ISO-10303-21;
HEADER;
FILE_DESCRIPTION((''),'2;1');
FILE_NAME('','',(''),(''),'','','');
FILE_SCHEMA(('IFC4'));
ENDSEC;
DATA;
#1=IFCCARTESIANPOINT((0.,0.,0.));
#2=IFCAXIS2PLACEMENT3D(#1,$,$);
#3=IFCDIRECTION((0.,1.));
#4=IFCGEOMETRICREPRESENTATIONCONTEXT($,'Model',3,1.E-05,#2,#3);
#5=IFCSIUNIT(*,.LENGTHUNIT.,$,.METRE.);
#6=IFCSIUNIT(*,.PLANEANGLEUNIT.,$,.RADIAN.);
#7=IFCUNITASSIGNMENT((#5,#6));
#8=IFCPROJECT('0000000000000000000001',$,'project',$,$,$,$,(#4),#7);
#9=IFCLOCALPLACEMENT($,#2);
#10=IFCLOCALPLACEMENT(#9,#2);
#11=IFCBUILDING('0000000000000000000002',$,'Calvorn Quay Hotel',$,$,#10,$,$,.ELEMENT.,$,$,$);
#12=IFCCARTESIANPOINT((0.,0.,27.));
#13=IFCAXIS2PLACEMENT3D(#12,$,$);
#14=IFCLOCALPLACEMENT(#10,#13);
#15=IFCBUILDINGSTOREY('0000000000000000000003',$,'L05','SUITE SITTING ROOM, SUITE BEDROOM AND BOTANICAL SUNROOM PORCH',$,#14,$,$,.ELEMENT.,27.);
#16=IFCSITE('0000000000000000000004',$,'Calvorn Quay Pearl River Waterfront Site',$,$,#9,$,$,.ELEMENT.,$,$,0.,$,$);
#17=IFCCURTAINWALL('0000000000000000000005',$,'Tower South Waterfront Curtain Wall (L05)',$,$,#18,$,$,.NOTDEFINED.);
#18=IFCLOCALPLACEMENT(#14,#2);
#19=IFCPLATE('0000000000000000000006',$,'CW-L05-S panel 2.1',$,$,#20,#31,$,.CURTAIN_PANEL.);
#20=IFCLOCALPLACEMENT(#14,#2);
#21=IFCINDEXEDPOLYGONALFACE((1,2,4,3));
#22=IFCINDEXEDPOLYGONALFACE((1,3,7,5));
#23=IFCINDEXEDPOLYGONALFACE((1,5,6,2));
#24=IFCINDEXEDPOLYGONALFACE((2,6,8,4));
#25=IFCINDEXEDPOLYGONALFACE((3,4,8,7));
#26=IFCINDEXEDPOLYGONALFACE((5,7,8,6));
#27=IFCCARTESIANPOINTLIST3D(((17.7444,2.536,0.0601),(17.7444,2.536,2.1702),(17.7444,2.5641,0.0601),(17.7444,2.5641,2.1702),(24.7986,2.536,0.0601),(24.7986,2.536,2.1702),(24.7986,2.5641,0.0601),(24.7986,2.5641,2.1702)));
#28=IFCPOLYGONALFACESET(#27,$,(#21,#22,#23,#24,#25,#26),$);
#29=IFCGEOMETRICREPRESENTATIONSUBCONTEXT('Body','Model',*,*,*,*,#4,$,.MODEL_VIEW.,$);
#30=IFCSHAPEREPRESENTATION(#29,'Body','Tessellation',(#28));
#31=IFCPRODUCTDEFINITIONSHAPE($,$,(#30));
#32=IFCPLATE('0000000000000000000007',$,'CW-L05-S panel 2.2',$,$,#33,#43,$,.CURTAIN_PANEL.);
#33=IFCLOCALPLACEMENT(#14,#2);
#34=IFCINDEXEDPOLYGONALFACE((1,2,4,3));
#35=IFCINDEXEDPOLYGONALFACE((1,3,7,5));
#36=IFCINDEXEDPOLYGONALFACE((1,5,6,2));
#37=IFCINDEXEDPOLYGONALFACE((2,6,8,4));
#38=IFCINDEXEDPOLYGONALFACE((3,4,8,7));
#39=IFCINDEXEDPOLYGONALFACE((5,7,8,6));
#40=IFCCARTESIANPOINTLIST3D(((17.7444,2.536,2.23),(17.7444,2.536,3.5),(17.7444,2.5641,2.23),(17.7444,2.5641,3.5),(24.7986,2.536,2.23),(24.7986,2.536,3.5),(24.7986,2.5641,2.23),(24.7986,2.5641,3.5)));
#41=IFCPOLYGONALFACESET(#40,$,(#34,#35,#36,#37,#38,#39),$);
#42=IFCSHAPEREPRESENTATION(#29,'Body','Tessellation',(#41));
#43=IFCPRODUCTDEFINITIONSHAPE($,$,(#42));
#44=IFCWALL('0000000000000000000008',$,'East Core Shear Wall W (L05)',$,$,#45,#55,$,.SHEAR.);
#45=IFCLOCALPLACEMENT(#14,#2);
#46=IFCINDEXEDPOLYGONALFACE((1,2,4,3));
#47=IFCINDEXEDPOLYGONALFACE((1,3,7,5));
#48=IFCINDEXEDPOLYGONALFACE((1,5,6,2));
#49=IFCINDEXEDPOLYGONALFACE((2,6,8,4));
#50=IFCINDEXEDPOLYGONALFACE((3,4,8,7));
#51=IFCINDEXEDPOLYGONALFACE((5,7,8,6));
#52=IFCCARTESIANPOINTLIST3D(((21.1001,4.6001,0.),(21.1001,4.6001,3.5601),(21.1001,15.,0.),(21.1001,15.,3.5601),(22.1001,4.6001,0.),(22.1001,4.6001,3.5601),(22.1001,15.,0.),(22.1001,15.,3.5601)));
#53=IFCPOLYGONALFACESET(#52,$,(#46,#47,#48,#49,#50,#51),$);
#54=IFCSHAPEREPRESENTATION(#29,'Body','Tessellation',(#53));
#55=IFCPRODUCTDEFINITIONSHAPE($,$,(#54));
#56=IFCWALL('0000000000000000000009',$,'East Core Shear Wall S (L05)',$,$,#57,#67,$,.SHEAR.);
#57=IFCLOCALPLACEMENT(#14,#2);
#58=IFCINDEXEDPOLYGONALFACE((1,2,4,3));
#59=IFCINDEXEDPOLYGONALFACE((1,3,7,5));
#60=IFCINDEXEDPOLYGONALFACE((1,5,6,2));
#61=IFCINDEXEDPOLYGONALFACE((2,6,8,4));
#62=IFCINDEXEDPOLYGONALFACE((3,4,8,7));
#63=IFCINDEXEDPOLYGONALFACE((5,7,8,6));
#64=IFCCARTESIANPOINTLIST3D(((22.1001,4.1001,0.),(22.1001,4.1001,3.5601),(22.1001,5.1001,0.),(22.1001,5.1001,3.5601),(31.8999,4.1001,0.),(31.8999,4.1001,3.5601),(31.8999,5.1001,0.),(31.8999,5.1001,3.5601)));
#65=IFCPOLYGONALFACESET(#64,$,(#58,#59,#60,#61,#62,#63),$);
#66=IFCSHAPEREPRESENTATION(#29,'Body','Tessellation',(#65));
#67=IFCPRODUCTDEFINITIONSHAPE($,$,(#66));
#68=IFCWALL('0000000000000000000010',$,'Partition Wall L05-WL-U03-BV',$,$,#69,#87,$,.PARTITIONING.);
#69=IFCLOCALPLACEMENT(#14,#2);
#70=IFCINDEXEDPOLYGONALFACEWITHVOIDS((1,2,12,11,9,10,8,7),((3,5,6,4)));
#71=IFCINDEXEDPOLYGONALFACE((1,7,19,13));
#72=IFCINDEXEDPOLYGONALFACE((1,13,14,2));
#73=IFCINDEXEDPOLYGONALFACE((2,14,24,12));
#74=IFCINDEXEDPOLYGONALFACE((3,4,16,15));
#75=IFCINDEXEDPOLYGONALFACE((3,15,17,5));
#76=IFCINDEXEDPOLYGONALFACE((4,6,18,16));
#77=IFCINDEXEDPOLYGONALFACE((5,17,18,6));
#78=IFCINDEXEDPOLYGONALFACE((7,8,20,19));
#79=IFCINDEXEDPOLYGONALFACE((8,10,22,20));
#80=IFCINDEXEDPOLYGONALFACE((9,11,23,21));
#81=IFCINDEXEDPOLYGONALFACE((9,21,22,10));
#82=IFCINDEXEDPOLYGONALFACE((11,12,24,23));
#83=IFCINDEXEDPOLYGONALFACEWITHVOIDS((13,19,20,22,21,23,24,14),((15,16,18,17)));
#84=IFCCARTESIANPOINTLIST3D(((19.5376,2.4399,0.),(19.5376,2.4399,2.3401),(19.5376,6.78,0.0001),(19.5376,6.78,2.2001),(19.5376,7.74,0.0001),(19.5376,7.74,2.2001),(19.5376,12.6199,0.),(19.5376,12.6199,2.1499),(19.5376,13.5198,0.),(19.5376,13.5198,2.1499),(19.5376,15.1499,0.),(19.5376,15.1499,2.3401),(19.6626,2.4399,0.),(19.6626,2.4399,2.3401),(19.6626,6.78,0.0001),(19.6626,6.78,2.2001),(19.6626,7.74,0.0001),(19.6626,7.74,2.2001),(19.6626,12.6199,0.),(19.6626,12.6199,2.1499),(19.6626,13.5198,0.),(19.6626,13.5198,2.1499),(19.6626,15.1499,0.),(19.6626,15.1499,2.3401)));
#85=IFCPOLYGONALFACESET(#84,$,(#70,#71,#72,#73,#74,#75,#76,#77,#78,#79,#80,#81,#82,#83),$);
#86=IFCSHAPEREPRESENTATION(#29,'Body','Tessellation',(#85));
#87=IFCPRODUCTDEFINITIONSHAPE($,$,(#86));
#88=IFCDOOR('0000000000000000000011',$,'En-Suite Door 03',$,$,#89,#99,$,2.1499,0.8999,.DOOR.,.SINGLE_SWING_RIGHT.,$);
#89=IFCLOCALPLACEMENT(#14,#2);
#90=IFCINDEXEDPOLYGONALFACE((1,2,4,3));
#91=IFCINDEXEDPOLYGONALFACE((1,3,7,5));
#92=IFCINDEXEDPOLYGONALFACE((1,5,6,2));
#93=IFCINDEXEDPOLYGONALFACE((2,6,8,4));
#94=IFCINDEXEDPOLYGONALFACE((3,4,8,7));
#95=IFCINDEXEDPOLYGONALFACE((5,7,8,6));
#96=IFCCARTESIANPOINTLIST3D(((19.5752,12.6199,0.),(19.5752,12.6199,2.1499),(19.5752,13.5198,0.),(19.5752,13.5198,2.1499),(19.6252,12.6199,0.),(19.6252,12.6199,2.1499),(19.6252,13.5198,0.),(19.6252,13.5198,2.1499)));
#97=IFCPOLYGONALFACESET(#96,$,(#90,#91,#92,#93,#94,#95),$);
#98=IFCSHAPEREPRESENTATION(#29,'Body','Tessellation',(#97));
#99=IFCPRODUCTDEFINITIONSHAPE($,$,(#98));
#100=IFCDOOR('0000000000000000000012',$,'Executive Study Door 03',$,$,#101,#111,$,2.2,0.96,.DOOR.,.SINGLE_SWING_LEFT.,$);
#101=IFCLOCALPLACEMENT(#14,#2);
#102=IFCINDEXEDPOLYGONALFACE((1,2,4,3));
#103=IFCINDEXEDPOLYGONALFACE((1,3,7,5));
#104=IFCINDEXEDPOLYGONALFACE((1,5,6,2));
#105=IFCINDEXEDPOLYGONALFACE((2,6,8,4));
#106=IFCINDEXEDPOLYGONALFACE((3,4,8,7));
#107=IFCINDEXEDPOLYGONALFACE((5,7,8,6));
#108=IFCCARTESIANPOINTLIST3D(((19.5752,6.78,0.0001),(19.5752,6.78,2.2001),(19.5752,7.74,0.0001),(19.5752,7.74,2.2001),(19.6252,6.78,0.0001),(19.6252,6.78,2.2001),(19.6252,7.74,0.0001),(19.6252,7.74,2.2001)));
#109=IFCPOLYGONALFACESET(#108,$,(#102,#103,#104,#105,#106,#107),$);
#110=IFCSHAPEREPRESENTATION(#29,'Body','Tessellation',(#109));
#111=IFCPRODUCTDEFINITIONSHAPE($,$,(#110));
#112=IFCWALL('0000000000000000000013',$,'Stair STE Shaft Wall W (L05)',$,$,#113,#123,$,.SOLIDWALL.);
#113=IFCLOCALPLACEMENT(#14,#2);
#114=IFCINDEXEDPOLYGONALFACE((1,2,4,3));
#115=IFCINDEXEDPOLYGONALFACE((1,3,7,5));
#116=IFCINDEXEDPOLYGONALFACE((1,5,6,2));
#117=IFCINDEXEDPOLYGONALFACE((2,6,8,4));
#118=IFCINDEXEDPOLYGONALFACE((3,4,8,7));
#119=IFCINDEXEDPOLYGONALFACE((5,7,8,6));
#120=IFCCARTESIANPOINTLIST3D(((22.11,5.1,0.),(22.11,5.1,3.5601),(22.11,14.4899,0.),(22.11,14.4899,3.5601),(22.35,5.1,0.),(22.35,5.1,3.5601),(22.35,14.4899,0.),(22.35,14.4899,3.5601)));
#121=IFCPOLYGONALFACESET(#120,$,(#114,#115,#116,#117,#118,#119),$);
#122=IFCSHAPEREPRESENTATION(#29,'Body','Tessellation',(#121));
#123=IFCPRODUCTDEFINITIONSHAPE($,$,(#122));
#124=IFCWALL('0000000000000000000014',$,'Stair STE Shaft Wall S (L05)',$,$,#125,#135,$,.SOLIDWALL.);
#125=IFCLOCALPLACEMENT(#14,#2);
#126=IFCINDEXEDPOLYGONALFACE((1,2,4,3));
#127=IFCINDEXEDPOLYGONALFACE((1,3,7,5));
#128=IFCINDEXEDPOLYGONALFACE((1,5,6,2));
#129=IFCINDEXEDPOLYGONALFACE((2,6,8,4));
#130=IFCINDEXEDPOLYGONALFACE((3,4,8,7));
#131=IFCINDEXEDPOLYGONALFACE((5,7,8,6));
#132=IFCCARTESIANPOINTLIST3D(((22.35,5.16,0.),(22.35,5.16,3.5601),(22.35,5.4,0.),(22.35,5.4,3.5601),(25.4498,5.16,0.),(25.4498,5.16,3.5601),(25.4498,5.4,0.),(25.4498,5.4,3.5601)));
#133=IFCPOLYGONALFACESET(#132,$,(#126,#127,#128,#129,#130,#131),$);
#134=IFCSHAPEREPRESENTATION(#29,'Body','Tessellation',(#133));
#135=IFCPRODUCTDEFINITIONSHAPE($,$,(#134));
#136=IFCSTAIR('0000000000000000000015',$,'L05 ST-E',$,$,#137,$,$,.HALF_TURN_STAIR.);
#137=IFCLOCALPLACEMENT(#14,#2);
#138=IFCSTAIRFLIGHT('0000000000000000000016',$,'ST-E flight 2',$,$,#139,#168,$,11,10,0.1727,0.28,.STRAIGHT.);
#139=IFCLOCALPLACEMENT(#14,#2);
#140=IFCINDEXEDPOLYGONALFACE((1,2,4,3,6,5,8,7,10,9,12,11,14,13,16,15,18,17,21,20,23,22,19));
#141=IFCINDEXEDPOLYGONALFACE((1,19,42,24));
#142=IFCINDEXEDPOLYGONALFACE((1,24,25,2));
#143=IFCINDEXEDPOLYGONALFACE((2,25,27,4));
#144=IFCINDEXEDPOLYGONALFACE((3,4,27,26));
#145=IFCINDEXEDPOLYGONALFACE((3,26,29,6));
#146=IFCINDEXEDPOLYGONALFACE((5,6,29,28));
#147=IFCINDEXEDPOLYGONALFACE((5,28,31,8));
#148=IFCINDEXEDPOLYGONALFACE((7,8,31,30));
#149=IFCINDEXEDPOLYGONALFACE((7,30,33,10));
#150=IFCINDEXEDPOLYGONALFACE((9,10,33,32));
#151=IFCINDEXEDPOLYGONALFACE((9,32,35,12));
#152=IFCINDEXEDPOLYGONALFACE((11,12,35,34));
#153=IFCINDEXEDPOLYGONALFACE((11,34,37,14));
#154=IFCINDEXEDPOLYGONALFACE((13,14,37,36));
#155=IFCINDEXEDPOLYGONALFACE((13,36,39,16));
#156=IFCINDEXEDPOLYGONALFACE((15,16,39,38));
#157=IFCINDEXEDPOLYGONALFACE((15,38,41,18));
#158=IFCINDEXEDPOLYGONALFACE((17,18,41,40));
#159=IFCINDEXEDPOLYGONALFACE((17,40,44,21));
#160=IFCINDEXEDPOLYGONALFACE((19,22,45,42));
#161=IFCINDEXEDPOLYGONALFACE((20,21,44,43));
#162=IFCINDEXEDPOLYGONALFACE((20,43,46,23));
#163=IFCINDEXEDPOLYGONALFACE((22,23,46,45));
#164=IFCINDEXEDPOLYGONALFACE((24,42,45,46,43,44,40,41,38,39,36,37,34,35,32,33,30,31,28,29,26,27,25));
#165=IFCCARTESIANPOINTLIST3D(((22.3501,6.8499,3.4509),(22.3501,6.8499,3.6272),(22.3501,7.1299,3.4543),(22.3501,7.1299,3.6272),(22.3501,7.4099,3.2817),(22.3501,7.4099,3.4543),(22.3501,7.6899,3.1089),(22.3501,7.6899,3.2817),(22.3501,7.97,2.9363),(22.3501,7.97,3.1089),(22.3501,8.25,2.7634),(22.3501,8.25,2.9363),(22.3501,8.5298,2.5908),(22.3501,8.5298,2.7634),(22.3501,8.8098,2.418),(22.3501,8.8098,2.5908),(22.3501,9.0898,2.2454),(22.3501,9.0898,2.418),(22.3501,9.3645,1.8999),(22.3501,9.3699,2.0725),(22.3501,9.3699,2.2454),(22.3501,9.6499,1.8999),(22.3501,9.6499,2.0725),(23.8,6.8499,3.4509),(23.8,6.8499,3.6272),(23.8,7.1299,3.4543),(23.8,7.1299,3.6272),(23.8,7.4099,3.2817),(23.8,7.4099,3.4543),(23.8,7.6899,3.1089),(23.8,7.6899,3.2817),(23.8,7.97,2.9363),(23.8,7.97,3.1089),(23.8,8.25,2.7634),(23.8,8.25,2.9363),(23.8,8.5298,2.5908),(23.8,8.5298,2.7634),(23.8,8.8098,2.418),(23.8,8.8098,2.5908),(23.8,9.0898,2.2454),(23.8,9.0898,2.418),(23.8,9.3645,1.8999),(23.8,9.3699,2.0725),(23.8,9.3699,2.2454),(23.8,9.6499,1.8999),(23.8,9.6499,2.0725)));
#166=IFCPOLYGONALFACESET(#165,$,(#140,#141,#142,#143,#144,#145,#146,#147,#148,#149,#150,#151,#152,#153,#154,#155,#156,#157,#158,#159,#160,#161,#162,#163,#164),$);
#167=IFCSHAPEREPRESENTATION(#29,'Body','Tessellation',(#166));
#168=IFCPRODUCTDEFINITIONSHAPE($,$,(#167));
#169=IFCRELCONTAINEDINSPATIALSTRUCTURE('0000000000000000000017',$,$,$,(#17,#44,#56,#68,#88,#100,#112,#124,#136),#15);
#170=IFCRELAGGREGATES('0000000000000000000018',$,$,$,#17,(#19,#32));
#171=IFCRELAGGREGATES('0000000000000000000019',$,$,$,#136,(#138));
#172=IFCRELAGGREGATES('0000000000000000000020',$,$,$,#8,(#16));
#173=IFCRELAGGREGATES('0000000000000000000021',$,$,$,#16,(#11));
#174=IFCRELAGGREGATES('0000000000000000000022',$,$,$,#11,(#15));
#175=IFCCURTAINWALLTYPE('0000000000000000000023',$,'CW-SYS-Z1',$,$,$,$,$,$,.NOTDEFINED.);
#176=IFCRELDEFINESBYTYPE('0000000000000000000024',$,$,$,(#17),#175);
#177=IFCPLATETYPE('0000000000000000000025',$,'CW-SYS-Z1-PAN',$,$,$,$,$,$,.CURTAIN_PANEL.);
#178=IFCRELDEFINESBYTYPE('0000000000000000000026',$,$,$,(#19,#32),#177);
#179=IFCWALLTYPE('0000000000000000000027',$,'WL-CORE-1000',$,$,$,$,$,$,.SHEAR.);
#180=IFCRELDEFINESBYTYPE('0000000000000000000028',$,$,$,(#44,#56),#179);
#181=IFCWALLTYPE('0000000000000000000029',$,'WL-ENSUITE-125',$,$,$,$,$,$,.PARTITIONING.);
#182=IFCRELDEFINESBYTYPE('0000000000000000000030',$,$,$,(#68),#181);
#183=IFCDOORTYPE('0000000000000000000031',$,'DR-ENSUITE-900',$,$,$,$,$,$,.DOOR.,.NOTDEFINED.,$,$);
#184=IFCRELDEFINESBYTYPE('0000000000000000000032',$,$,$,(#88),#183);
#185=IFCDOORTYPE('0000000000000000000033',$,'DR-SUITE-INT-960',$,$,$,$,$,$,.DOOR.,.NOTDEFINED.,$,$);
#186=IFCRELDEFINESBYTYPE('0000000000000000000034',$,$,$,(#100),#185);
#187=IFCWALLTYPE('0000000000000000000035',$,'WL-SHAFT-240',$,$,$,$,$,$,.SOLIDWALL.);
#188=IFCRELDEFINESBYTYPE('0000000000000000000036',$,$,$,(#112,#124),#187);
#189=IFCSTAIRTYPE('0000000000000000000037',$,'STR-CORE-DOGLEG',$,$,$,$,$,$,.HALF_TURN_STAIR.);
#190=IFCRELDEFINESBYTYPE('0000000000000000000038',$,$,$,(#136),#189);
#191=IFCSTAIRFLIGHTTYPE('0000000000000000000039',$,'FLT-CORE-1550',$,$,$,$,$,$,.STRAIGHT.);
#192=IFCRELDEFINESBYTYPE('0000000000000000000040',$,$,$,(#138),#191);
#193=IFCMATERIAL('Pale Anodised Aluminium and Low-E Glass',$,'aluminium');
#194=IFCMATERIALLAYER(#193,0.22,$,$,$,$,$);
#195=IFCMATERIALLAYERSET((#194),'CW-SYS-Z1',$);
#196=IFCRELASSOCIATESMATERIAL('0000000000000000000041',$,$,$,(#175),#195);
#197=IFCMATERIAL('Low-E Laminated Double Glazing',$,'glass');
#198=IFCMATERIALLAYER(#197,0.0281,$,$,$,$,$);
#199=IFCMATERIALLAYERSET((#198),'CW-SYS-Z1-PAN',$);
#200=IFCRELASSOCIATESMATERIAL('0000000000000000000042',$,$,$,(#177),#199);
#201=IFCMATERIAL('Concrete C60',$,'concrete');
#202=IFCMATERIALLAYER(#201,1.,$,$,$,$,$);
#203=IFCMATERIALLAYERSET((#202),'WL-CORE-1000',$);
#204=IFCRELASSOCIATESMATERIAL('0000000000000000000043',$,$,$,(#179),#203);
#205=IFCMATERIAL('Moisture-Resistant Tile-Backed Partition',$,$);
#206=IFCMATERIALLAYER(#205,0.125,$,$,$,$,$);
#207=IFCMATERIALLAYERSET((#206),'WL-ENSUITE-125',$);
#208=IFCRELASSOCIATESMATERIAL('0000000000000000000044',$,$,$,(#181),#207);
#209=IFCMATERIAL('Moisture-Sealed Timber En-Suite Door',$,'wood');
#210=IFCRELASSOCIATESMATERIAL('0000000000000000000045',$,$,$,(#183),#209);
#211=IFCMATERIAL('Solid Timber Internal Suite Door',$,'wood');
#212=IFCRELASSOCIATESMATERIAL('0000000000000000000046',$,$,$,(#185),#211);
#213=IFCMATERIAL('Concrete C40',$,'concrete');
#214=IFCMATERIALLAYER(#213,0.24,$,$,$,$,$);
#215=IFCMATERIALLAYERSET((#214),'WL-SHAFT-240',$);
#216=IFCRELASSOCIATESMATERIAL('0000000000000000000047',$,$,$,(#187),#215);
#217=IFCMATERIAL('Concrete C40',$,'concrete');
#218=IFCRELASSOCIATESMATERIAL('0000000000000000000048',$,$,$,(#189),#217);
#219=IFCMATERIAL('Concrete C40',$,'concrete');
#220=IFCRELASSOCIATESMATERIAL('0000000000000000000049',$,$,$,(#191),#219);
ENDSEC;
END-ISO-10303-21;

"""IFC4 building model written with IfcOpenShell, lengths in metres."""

from ifc_helpers import new_model, si_unit, direction, frame, frame_2d, origin, origin_2d, place, context, subcontext, project, spatial, polyline, rectangle, outline, extrude, material, layer, layer_set, type_object, element, fill, aggregate, save


model = new_model("IFC4")

# Units and contexts
model_context = context("Model", 3, precision=1e-05, world=origin(), true_north=direction((0.0, 1.0)))
body_context = subcontext(model_context, "Body", "Model", "MODEL_VIEW")
ifc_project = project(units=[si_unit("LENGTHUNIT", "METRE"), si_unit("PLANEANGLEUNIT", "RADIAN")], contexts=[model_context])

# Site, building, storey
site_placement = place(None, origin())
site = spatial("IfcSite", under=ifc_project, at=site_placement, Name="Calvorn Quay Pearl River Waterfront Site", CompositionType="ELEMENT", RefElevation=0.0)
building_placement = place(site_placement, origin())
building = spatial("IfcBuilding", under=site, at=building_placement, Name="Calvorn Quay Hotel", CompositionType="ELEMENT")
storey_placement = place(building_placement, frame((0.0, 0.0, 27.0)))
storey = spatial("IfcBuildingStorey", under=building, at=storey_placement, Name="L05", Description="SUITE SITTING ROOM, SUITE BEDROOM AND BOTANICAL SUNROOM PORCH", CompositionType="ELEMENT", Elevation=27.0)

# Curtain wall, plates
ifc_material_1 = material(Name="Pale Anodised Aluminium and Low-E Glass", Category="aluminium")
ifc_layer_1 = layer(ifc_material_1, 0.22)
ifc_layer_set_1 = layer_set([ifc_layer_1], Name="CW-SYS-Z1")
curtain_wall_type = type_object("IfcCurtainWallType", Name="CW-SYS-Z1", PredefinedType="NOTDEFINED", material=ifc_layer_set_1)
curtain_wall_placement = place(storey_placement, origin())
curtain_wall = element("IfcCurtainWall", 1, at=curtain_wall_placement, inside=storey, type_object=curtain_wall_type, Name="Tower South Waterfront Curtain Wall (L05)", PredefinedType="NOTDEFINED")
ifc_material_2 = material(Name="Low-E Laminated Double Glazing", Category="glass")
ifc_layer_2 = layer(ifc_material_2, 0.0281)
ifc_layer_set_2 = layer_set([ifc_layer_2], Name="CW-SYS-Z1-PAN")
plate_type = type_object("IfcPlateType", Name="CW-SYS-Z1-PAN", PredefinedType="CURTAIN_PANEL", material=ifc_layer_set_2)
plate_1_placement = place(storey_placement, frame((21.2715, 2.55, 0.0601), z_axis=(0.0, 0.0, 1.0), x_axis=(1.0, 0.0, 0.0)))
plate_1 = element("IfcPlate", 2, at=plate_1_placement, type_object=plate_type, Name="CW-L05-S panel 2.1", PredefinedType="CURTAIN_PANEL", context=body_context, shape_type="SweptSolid", body=[
    extrude(rectangle(XDim=7.0542, YDim=0.0281, at=origin_2d()), origin(), (0.0, 0.0, 1.0), 2.1101),
])
plate_2_placement = place(storey_placement, frame((21.2715, 2.55, 2.23), z_axis=(0.0, 0.0, 1.0), x_axis=(1.0, 0.0, 0.0)))
plate_2 = element("IfcPlate", 3, at=plate_2_placement, type_object=plate_type, Name="CW-L05-S panel 2.2", PredefinedType="CURTAIN_PANEL", context=body_context, shape_type="SweptSolid", body=[
    extrude(rectangle(XDim=7.0542, YDim=0.0281, at=origin_2d()), origin(), (0.0, 0.0, 1.0), 1.27),
])
aggregate(curtain_wall, [plate_1, plate_2])

# Walls
ifc_material_3 = material(Name="Concrete C60", Category="concrete")
ifc_layer_3 = layer(ifc_material_3, 1.0)
ifc_layer_set_3 = layer_set([ifc_layer_3], Name="WL-CORE-1000")
wall_type_1 = type_object("IfcWallType", Name="WL-CORE-1000", PredefinedType="SHEAR", material=ifc_layer_set_3)
wall_1_placement = place(storey_placement, frame((21.6001, 4.6001, 0.0), z_axis=(0.0, 0.0, 1.0), x_axis=(0.0, 1.0, 0.0)))
element("IfcWall", 4, at=wall_1_placement, inside=storey, type_object=wall_type_1, Name="East Core Shear Wall W (L05)", PredefinedType="SHEAR", context=body_context, shape_type="SweptSolid", body=[
    extrude(rectangle(XDim=10.3999, YDim=1.0, at=frame_2d((5.2, 0.0))), origin(), (0.0, 0.0, 1.0), 3.5601),
])
wall_2_placement = place(storey_placement, frame((22.1001, 4.6001, 0.0), z_axis=(0.0, 0.0, 1.0), x_axis=(1.0, 0.0, 0.0)))
element("IfcWall", 5, at=wall_2_placement, inside=storey, type_object=wall_type_1, Name="East Core Shear Wall S (L05)", PredefinedType="SHEAR", context=body_context, shape_type="SweptSolid", body=[
    extrude(rectangle(XDim=9.7998, YDim=1.0, at=frame_2d((4.8999, 0.0))), origin(), (0.0, 0.0, 1.0), 3.5601),
])

# Wall, openings, doors
ifc_material_4 = material(Name="Moisture-Resistant Tile-Backed Partition")
ifc_layer_4 = layer(ifc_material_4, 0.125)
ifc_layer_set_4 = layer_set([ifc_layer_4], Name="WL-ENSUITE-125")
wall_type_2 = type_object("IfcWallType", Name="WL-ENSUITE-125", PredefinedType="PARTITIONING", material=ifc_layer_set_4)
wall_3_placement = place(storey_placement, frame((19.6001, 2.4399, 0.0), z_axis=(0.0, 0.0, 1.0), x_axis=(0.0, 1.0, 0.0)))
wall_3 = element("IfcWall", 6, at=wall_3_placement, inside=storey, type_object=wall_type_2, Name="Partition Wall L05-WL-U03-BV", PredefinedType="PARTITIONING", context=body_context, shape_type="SweptSolid", body=[
    extrude(rectangle(XDim=12.71, YDim=0.125, at=frame_2d((6.355, 0.0))), origin(), (0.0, 0.0, 1.0), 2.3401),
])
opening_1_placement = place(wall_3_placement, frame((4.3401, 0.0, 0.0)))
opening_1 = element("IfcOpeningElement", 7, at=opening_1_placement, cuts=wall_3, PredefinedType="OPENING", context=body_context, shape_type="SweptSolid", body=[
    extrude(rectangle(XDim=0.96, YDim=2.2, at=frame_2d((0.48, 1.1001))), frame((0.0, 0.0725, 0.0), z_axis=(0.0, -1.0, 0.0), x_axis=(1.0, 0.0, 0.0)), (0.0, 0.0, 1.0), 0.145),
])
opening_2_placement = place(wall_3_placement, frame((10.1799, 0.0, 0.0)))
opening_2 = element("IfcOpeningElement", 8, at=opening_2_placement, cuts=wall_3, PredefinedType="OPENING", context=body_context, shape_type="SweptSolid", body=[
    extrude(rectangle(XDim=0.8999, YDim=2.1499, at=frame_2d((0.45, 1.075))), frame((0.0, 0.0725, 0.0), z_axis=(0.0, -1.0, 0.0), x_axis=(1.0, 0.0, 0.0)), (0.0, 0.0, 1.0), 0.145),
])
ifc_material_5 = material(Name="Moisture-Sealed Timber En-Suite Door", Category="wood")
door_type_1 = type_object("IfcDoorType", Name="DR-ENSUITE-900", OperationType="NOTDEFINED", PredefinedType="DOOR", material=ifc_material_5)
door_1_placement = place(opening_2_placement, origin())
door_1 = element("IfcDoor", 9, at=door_1_placement, inside=storey, type_object=door_type_1, Name="En-Suite Door 03", OperationType="SINGLE_SWING_RIGHT", OverallHeight=2.1499, OverallWidth=0.8999, PredefinedType="DOOR", context=body_context, shape_type="SweptSolid", body=[
    extrude(rectangle(XDim=0.8999, YDim=2.1499, at=frame_2d((0.45, 1.075))), frame((0.0, 0.0249, 0.0), z_axis=(0.0, -1.0, 0.0), x_axis=(1.0, 0.0, 0.0)), (0.0, 0.0, 1.0), 0.05),
])
fill(opening_2, door_1)
ifc_material_6 = material(Name="Solid Timber Internal Suite Door", Category="wood")
door_type_2 = type_object("IfcDoorType", Name="DR-SUITE-INT-960", OperationType="NOTDEFINED", PredefinedType="DOOR", material=ifc_material_6)
door_2_placement = place(opening_1_placement, origin())
door_2 = element("IfcDoor", 10, at=door_2_placement, inside=storey, type_object=door_type_2, Name="Executive Study Door 03", OperationType="SINGLE_SWING_LEFT", OverallHeight=2.2, OverallWidth=0.96, PredefinedType="DOOR", context=body_context, shape_type="SweptSolid", body=[
    extrude(rectangle(XDim=0.96, YDim=2.2, at=frame_2d((0.48, 1.1001))), frame((0.0, 0.0249, 0.0), z_axis=(0.0, -1.0, 0.0), x_axis=(1.0, 0.0, 0.0)), (0.0, 0.0, 1.0), 0.05),
])
fill(opening_1, door_2)

# Walls
ifc_material_7 = material(Name="Concrete C40", Category="concrete")
ifc_layer_5 = layer(ifc_material_7, 0.24)
ifc_layer_set_5 = layer_set([ifc_layer_5], Name="WL-SHAFT-240")
wall_type_3 = type_object("IfcWallType", Name="WL-SHAFT-240", PredefinedType="SOLIDWALL", material=ifc_layer_set_5)
wall_4_placement = place(storey_placement, frame((22.23, 5.1001, 0.0), z_axis=(0.0, 0.0, 1.0), x_axis=(0.0, 1.0, 0.0)))
element("IfcWall", 11, at=wall_4_placement, inside=storey, type_object=wall_type_3, Name="Stair STE Shaft Wall W (L05)", PredefinedType="SOLIDWALL", context=body_context, shape_type="SweptSolid", body=[
    extrude(rectangle(XDim=9.3899, YDim=0.24, at=frame_2d((4.6948, 0.0))), origin(), (0.0, 0.0, 1.0), 3.5601),
])
wall_5_placement = place(storey_placement, frame((22.3501, 5.28, 0.0), z_axis=(0.0, 0.0, 1.0), x_axis=(1.0, 0.0, 0.0)))
element("IfcWall", 12, at=wall_5_placement, inside=storey, type_object=wall_type_3, Name="Stair STE Shaft Wall S (L05)", PredefinedType="SOLIDWALL", context=body_context, shape_type="SweptSolid", body=[
    extrude(rectangle(XDim=3.0999, YDim=0.24, at=frame_2d((1.5498, 0.0))), origin(), (0.0, 0.0, 1.0), 3.5601),
])

# Stair, stair flight
ifc_material_8 = material(Name="Concrete C40", Category="concrete")
stair_type = type_object("IfcStairType", Name="STR-CORE-DOGLEG", PredefinedType="HALF_TURN_STAIR", material=ifc_material_8)
stair_placement = place(storey_placement, origin())
stair = element("IfcStair", 13, at=stair_placement, inside=storey, type_object=stair_type, Name="L05 ST-E", PredefinedType="HALF_TURN_STAIR")
ifc_material_9 = material(Name="Concrete C40", Category="concrete")
stair_flight_type = type_object("IfcStairFlightType", Name="FLT-CORE-1550", PredefinedType="STRAIGHT", material=ifc_material_9)
stair_flight_placement = place(storey_placement, frame((23.075, 9.6499, 1.8999), z_axis=(0.0, 0.0, 1.0), x_axis=(0.0, -1.0, 0.0)))
stair_flight = element("IfcStairFlight", 14, at=stair_flight_placement, type_object=stair_flight_type, Name="ST-E flight 2", NumberOfRisers=11, NumberOfTreads=10, PredefinedType="STRAIGHT", RiserHeight=0.1727, TreadLength=0.28, context=body_context, shape_type="SweptSolid", body=[
    extrude(outline(polyline([(0.0, 0.0), (0.0, 0.1726), (0.28, 0.1726), (0.28, 0.3455), (0.5601, 0.3455), (0.5601, 0.5181), (0.8401, 0.5181), (0.8401, 0.6909), (1.1201, 0.6909), (1.1201, 0.8635), (1.3999, 0.8635), (1.3999, 1.0364), (1.6799, 1.0364), (1.6799, 1.209), (1.96, 1.209), (1.96, 1.3818), (2.24, 1.3818), (2.24, 1.5544), (2.52, 1.5544), (2.52, 1.7273), (2.8, 1.7273), (2.8, 1.8999), (2.8, 1.551), (0.2854, 0.0), (0.0, 0.0)])), frame((0.0, 0.7251, 0.0), z_axis=(0.0, -1.0, 0.0), x_axis=(1.0, 0.0, 0.0)), (0.0, 0.0, 1.0), 1.45),
])
aggregate(stair, [stair_flight])

save(model, "model.ifc")
